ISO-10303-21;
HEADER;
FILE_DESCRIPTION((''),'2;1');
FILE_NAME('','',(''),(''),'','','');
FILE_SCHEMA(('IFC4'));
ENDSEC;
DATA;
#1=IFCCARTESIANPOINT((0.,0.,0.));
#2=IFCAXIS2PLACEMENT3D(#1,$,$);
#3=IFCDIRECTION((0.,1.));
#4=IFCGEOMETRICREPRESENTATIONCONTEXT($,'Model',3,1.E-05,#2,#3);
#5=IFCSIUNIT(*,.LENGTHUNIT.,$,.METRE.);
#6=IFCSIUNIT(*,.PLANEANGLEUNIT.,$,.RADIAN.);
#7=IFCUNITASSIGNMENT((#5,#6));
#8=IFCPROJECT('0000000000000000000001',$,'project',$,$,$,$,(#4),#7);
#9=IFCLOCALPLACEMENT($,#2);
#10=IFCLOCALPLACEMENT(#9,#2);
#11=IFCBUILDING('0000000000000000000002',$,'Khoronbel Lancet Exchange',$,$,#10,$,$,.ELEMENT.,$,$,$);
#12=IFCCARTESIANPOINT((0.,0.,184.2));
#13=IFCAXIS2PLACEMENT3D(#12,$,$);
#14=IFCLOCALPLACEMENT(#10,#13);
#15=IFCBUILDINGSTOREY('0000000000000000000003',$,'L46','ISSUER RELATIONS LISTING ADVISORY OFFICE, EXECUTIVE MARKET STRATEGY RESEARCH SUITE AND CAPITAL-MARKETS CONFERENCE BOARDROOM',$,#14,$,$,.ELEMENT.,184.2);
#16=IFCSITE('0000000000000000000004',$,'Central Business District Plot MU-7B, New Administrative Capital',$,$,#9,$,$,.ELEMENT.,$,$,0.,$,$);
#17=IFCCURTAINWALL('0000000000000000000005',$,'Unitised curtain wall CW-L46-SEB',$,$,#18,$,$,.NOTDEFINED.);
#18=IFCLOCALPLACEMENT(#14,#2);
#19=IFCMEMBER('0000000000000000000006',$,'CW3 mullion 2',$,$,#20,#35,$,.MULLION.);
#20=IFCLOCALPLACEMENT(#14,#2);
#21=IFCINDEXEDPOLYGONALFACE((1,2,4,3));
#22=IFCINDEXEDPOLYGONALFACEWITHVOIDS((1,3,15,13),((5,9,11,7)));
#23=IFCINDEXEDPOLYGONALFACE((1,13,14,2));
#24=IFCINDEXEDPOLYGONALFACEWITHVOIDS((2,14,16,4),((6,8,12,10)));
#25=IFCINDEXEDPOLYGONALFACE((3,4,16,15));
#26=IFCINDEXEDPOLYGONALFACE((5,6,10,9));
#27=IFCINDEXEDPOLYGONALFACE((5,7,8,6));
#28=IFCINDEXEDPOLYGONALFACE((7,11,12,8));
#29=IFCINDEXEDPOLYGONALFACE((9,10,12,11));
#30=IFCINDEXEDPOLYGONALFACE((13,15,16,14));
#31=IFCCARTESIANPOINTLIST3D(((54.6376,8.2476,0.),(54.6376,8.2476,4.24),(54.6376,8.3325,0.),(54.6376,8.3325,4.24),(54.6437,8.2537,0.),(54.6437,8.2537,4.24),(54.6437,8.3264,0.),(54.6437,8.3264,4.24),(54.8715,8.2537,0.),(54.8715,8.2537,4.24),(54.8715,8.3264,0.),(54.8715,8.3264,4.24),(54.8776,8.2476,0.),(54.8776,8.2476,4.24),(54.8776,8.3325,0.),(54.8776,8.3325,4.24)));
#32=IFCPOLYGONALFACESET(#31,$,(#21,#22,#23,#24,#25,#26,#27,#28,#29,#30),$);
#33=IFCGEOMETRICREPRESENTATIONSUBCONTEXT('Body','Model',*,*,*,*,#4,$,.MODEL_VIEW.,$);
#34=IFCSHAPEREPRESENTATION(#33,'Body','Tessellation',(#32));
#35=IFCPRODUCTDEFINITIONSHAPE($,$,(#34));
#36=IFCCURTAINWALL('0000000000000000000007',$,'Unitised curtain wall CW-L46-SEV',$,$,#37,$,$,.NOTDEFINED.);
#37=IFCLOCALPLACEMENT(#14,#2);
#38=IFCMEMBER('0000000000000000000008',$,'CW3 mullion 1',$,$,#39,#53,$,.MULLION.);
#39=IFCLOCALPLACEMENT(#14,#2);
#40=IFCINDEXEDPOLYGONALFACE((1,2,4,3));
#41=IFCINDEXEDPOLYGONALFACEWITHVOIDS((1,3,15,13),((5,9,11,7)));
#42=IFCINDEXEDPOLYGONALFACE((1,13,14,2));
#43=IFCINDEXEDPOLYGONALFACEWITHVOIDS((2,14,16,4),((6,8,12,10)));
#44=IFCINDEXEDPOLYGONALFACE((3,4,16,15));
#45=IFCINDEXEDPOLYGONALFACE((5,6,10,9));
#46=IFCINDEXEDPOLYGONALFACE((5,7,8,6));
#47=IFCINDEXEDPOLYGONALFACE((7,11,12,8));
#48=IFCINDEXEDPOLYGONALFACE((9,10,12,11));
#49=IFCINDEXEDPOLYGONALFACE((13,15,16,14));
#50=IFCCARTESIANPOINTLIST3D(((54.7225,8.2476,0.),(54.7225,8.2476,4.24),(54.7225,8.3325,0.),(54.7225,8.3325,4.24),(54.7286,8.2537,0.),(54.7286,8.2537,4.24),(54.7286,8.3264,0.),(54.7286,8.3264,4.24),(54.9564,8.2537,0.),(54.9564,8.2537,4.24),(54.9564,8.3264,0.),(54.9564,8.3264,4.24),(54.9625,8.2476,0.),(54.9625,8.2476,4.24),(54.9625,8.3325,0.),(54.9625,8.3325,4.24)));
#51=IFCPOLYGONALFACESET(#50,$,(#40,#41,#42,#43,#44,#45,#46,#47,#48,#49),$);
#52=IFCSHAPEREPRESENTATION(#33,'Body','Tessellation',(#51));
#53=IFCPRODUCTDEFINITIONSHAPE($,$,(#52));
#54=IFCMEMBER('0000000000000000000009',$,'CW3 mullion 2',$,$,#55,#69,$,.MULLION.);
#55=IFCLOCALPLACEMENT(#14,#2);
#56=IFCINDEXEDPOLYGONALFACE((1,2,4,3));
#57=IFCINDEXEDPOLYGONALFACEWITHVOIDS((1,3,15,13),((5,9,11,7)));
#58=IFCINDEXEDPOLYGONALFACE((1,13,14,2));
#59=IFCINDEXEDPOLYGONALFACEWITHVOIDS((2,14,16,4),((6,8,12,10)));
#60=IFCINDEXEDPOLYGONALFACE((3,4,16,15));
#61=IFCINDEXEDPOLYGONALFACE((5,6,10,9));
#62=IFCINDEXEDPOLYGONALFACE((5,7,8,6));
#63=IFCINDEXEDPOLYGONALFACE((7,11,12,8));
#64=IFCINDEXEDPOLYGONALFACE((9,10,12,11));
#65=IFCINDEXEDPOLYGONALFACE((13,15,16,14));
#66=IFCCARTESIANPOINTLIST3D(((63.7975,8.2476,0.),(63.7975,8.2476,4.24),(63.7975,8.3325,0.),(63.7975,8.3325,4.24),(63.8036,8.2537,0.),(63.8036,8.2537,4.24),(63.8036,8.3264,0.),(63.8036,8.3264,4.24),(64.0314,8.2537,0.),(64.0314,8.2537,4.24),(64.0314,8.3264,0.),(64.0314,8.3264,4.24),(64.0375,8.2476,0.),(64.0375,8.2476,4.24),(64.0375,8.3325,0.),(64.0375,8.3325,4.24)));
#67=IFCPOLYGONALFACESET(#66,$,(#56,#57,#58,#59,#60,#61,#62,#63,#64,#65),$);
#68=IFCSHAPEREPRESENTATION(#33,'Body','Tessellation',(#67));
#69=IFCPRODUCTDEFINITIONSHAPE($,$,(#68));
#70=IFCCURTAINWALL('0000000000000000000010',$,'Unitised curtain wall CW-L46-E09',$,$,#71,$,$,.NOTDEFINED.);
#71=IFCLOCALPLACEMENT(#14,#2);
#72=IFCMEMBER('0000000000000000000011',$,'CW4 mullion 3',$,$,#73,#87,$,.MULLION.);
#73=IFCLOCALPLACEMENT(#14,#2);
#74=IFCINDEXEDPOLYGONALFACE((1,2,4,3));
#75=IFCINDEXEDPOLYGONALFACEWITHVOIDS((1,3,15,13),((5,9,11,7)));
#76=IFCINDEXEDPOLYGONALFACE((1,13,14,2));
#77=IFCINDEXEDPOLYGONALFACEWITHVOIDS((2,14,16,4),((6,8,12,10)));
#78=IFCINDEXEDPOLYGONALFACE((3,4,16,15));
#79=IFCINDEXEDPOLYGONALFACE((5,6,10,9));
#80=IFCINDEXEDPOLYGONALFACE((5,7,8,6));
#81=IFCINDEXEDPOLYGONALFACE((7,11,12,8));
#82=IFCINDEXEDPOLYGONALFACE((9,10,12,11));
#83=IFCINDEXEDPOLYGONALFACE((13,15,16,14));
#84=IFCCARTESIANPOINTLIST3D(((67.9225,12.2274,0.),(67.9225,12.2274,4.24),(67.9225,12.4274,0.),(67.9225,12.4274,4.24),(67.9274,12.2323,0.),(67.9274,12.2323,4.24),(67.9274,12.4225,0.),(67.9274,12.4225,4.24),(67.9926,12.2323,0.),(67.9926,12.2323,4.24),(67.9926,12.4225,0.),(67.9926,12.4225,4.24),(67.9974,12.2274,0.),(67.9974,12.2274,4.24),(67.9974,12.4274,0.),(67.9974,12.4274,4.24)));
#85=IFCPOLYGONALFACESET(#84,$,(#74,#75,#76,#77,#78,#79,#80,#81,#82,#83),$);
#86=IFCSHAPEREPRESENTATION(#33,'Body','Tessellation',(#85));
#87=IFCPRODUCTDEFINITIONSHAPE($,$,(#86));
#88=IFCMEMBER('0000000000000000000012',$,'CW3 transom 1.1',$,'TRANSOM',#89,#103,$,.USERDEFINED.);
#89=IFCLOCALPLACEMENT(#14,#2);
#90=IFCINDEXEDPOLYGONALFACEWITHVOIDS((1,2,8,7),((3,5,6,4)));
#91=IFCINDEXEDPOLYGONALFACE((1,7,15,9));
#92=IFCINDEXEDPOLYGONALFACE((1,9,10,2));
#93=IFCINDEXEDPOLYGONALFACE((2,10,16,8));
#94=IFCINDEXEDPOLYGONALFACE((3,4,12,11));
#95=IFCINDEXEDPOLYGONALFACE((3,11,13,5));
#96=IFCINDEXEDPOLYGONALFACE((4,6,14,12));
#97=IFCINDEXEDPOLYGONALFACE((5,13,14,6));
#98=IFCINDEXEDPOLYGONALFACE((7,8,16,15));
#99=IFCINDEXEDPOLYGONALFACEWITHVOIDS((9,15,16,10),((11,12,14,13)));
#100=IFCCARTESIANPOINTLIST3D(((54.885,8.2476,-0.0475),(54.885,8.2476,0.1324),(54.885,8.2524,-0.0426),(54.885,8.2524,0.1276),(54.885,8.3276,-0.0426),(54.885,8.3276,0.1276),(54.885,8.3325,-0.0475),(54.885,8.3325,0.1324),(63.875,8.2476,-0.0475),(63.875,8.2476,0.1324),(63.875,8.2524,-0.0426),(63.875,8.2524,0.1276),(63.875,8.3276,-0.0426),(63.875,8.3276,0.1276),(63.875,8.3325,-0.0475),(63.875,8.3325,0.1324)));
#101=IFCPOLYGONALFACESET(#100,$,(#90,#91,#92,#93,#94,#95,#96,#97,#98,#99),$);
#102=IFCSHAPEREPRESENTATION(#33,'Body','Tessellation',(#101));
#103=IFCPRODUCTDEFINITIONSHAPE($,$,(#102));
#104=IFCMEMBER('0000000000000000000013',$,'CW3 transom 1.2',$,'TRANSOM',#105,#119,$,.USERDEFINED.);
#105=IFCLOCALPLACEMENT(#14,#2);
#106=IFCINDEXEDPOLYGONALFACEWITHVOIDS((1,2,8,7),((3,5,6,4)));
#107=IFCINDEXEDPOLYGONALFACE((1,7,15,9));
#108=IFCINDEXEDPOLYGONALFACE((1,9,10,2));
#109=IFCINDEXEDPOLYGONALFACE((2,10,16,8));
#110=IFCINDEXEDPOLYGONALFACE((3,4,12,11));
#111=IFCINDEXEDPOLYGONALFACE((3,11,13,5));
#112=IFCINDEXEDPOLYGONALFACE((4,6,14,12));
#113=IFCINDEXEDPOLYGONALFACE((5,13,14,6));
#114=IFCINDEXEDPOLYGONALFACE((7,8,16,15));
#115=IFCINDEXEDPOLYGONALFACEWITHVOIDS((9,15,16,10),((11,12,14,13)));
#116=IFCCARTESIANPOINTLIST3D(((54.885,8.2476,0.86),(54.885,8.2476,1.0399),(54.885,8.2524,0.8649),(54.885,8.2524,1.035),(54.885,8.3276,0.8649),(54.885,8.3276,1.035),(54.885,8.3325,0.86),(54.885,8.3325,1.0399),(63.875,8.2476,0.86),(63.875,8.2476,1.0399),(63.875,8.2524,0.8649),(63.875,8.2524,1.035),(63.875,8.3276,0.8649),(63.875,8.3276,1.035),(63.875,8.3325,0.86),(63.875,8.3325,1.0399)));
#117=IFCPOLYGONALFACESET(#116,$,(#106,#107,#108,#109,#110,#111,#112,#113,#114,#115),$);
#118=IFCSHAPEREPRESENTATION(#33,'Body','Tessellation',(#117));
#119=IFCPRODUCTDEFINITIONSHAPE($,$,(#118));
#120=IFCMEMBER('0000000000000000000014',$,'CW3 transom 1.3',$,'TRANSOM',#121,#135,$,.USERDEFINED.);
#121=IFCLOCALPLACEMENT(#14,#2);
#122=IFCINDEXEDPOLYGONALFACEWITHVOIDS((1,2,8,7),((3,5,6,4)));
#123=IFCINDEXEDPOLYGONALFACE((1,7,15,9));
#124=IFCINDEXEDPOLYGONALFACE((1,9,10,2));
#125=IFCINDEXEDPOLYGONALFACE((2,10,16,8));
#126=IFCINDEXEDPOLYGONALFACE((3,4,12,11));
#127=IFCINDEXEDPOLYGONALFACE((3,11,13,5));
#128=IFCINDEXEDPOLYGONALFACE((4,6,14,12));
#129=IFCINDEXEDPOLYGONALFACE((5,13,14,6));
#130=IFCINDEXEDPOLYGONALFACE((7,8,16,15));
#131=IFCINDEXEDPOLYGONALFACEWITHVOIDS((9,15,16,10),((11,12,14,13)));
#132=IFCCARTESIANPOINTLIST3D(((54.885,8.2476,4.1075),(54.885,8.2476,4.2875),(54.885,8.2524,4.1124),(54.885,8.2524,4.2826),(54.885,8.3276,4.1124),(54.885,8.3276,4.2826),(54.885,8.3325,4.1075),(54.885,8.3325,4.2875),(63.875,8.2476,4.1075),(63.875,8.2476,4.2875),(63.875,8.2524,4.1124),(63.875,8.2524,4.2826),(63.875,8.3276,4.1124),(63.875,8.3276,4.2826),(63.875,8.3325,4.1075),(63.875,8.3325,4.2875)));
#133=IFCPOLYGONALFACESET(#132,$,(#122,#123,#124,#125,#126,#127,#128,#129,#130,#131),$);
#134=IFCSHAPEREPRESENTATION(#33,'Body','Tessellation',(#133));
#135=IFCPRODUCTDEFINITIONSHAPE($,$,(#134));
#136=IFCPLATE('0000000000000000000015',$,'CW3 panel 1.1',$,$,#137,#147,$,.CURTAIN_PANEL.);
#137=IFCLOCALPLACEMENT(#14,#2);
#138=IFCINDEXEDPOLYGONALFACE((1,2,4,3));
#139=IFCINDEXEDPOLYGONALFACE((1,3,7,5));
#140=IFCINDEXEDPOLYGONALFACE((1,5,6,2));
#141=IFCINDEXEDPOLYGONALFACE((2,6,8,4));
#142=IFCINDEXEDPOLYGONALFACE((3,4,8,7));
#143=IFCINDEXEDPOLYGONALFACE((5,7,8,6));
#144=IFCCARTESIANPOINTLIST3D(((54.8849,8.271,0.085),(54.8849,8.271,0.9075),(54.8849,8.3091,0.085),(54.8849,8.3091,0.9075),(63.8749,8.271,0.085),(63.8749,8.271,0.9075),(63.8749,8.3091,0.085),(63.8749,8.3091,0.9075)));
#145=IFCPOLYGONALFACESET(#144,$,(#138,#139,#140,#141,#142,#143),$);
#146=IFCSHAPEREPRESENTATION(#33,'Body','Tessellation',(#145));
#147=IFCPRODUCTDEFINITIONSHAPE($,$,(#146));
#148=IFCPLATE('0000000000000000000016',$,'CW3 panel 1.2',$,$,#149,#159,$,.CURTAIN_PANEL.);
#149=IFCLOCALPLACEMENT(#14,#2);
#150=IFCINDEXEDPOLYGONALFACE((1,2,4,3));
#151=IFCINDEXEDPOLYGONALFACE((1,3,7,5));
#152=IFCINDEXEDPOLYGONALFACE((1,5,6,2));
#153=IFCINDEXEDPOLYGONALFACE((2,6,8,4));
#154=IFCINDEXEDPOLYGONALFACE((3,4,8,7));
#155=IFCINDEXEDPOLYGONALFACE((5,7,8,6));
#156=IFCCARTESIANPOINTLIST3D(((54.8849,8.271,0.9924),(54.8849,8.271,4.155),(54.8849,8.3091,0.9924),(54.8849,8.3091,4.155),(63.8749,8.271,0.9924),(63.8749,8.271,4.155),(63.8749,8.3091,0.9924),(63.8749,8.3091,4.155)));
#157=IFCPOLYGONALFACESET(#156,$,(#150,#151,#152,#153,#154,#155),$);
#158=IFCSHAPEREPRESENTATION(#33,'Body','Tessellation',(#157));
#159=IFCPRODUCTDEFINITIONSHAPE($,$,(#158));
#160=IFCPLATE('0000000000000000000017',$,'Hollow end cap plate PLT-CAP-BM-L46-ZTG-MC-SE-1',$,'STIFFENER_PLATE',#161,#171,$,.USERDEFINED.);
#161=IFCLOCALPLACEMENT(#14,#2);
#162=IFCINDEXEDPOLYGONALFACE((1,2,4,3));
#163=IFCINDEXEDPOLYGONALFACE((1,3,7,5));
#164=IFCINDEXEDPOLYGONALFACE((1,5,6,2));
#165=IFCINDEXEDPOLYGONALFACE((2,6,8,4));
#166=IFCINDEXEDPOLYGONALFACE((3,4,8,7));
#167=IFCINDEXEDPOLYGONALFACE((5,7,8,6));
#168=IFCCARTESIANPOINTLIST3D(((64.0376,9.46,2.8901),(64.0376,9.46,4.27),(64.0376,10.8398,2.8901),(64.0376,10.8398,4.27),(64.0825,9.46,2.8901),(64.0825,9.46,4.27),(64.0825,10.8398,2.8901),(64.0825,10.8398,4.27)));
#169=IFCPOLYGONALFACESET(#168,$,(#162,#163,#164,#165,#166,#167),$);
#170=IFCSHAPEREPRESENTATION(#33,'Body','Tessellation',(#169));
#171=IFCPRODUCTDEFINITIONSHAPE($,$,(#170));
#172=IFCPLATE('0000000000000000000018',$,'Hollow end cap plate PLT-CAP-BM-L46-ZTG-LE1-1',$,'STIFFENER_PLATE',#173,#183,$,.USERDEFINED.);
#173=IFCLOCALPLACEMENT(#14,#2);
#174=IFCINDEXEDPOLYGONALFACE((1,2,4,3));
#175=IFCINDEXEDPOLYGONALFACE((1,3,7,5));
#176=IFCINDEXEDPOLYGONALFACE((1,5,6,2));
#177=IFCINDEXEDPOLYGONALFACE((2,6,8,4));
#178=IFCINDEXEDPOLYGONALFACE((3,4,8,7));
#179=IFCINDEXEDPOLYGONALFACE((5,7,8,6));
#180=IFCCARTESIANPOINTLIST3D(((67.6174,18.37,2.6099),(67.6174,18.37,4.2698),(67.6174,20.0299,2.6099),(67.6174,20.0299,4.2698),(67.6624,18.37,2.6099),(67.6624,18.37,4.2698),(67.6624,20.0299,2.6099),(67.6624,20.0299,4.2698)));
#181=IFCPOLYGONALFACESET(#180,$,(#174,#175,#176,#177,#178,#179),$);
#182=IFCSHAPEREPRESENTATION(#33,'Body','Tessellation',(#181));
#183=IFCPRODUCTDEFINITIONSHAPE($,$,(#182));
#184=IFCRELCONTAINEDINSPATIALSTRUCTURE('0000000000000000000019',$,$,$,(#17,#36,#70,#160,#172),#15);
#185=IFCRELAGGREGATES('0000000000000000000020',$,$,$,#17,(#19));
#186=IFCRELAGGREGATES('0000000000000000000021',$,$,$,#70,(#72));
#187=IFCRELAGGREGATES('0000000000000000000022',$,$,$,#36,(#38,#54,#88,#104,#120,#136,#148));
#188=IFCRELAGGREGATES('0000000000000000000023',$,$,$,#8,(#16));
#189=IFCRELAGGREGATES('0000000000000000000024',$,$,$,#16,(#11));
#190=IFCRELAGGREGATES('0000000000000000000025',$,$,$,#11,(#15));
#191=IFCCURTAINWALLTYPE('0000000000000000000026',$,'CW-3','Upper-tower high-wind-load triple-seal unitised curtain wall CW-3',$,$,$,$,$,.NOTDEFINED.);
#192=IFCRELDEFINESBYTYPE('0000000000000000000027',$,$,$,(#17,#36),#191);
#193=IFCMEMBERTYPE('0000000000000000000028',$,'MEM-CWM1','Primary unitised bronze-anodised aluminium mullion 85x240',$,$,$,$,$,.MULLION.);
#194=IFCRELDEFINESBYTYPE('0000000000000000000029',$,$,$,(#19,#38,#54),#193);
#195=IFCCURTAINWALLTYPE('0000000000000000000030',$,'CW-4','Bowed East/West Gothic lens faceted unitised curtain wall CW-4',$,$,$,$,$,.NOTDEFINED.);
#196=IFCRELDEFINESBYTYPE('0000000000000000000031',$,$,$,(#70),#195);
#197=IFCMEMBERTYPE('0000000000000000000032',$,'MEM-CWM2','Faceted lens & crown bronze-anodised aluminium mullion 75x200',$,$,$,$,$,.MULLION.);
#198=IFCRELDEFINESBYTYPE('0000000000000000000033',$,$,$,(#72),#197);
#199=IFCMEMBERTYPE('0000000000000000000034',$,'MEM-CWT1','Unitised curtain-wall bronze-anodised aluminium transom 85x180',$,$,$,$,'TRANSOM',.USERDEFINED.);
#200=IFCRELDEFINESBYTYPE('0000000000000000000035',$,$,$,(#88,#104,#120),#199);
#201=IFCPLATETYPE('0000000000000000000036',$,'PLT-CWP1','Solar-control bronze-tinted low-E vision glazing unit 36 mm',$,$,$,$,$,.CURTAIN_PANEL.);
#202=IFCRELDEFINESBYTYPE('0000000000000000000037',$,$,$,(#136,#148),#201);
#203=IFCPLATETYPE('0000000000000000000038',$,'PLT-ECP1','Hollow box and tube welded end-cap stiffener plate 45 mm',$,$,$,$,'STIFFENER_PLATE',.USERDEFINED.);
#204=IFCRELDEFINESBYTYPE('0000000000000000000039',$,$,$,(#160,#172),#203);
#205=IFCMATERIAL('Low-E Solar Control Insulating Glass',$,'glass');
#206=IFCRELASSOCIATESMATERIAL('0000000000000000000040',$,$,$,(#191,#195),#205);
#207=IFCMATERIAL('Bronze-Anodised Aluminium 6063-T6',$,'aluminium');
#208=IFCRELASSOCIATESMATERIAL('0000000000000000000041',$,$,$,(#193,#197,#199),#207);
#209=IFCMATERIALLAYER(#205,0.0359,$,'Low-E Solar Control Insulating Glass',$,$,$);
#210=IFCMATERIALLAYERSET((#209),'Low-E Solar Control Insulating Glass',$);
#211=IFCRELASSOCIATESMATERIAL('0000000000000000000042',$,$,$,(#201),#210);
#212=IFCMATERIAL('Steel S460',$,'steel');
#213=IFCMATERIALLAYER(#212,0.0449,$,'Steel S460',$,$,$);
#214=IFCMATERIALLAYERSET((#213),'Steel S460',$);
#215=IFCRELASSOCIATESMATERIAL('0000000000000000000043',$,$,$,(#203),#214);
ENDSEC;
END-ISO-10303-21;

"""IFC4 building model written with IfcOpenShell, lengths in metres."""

from ifc_helpers import new_model, si_unit, direction, frame, origin, origin_2d, place, context, subcontext, project, spatial, rectangle, hollow_rectangle, extrude, material, layer, layer_set, material_profile, profile_set, type_object, element, aggregate, save


model = new_model("IFC4")

# Units and contexts
model_context = context("Model", 3, precision=1e-05, world=origin(), true_north=direction((0.0, 1.0)))
body_context = subcontext(model_context, "Body", "Model", "MODEL_VIEW")
ifc_project = project(units=[si_unit("LENGTHUNIT", "METRE"), si_unit("PLANEANGLEUNIT", "RADIAN")], contexts=[model_context])

# Site, building, storey
site_placement = place(None, origin())
site = spatial("IfcSite", under=ifc_project, at=site_placement, Name="Central Business District Plot MU-7B, New Administrative Capital", CompositionType="ELEMENT", RefElevation=0.0)
building_placement = place(site_placement, origin())
building = spatial("IfcBuilding", under=site, at=building_placement, Name="Khoronbel Lancet Exchange", CompositionType="ELEMENT")
storey_placement = place(building_placement, frame((0.0, 0.0, 184.2)))
storey = spatial("IfcBuildingStorey", under=building, at=storey_placement, Name="L46", Description="ISSUER RELATIONS LISTING ADVISORY OFFICE, EXECUTIVE MARKET STRATEGY RESEARCH SUITE AND CAPITAL-MARKETS CONFERENCE BOARDROOM", CompositionType="ELEMENT", Elevation=184.2)

# Shared definitions
ifc_material_1 = material(Name="Steel S460", Category="steel")

# Curtain wall, member
ifc_material_2 = material(Name="Low-E Solar Control Insulating Glass", Category="glass")
curtain_wall_type_1 = type_object("IfcCurtainWallType", Name="CW-3", Description="Upper-tower high-wind-load triple-seal unitised curtain wall CW-3", PredefinedType="NOTDEFINED", material=ifc_material_2)
curtain_wall_1_placement = place(storey_placement, origin())
curtain_wall_1 = element("IfcCurtainWall", 1, at=curtain_wall_1_placement, inside=storey, type_object=curtain_wall_type_1, Name="Unitised curtain wall CW-L46-SEB", PredefinedType="NOTDEFINED")
ifc_material_3 = material(Name="Bronze-Anodised Aluminium 6063-T6", Category="aluminium")
ifc_material_profile_1 = material_profile(ifc_material_3, hollow_rectangle(XDim=0.085, YDim=0.24, WallThickness=0.0061, at=origin_2d()), Name="ALU MULLION 85x240")
ifc_profile_set_1 = profile_set([ifc_material_profile_1], Name="Bronze-Anodised Aluminium 6063-T6")
member_type_1 = type_object("IfcMemberType", Name="MEM-CWM1", Description="Primary unitised bronze-anodised aluminium mullion 85x240", PredefinedType="MULLION", material=ifc_profile_set_1)
member_1_placement = place(storey_placement, frame((54.7576, 8.29, 0.0), z_axis=(0.0, 0.0, 1.0), x_axis=(0.0, 1.0, 0.0)))
member_1 = element("IfcMember", 2, at=member_1_placement, type_object=member_type_1, Name="CW3 mullion 2", PredefinedType="MULLION", context=body_context, shape_type="SweptSolid", body=[
    extrude(hollow_rectangle(XDim=0.085, YDim=0.24, WallThickness=0.0061, at=origin_2d()), origin(), (0.0, 0.0, 1.0), 4.24),
])
aggregate(curtain_wall_1, [member_1])

# Curtain wall, members
curtain_wall_2_placement = place(storey_placement, origin())
curtain_wall_2 = element("IfcCurtainWall", 3, at=curtain_wall_2_placement, inside=storey, type_object=curtain_wall_type_1, Name="Unitised curtain wall CW-L46-SEV", PredefinedType="NOTDEFINED")
member_2_placement = place(storey_placement, frame((54.8425, 8.29, 0.0), z_axis=(0.0, 0.0, 1.0), x_axis=(0.0, 1.0, 0.0)))
member_2 = element("IfcMember", 4, at=member_2_placement, type_object=member_type_1, Name="CW3 mullion 1", PredefinedType="MULLION", context=body_context, shape_type="SweptSolid", body=[
    extrude(hollow_rectangle(XDim=0.085, YDim=0.24, WallThickness=0.0061, at=origin_2d()), origin(), (0.0, 0.0, 1.0), 4.24),
])
member_3_placement = place(storey_placement, frame((63.9175, 8.29, 0.0), z_axis=(0.0, 0.0, 1.0), x_axis=(0.0, 1.0, 0.0)))
member_3 = element("IfcMember", 5, at=member_3_placement, type_object=member_type_1, Name="CW3 mullion 2", PredefinedType="MULLION", context=body_context, shape_type="SweptSolid", body=[
    extrude(hollow_rectangle(XDim=0.085, YDim=0.24, WallThickness=0.0061, at=origin_2d()), origin(), (0.0, 0.0, 1.0), 4.24),
])

# Curtain wall, member
curtain_wall_type_2 = type_object("IfcCurtainWallType", Name="CW-4", Description="Bowed East/West Gothic lens faceted unitised curtain wall CW-4", PredefinedType="NOTDEFINED", material=ifc_material_2)
curtain_wall_3_placement = place(storey_placement, origin())
curtain_wall_3 = element("IfcCurtainWall", 6, at=curtain_wall_3_placement, inside=storey, type_object=curtain_wall_type_2, Name="Unitised curtain wall CW-L46-E09", PredefinedType="NOTDEFINED")
ifc_material_profile_2 = material_profile(ifc_material_3, hollow_rectangle(XDim=0.075, YDim=0.2, WallThickness=0.0049, at=origin_2d()), Name="ALU MULLION 75x200")
ifc_profile_set_2 = profile_set([ifc_material_profile_2], Name="Bronze-Anodised Aluminium 6063-T6")
member_type_2 = type_object("IfcMemberType", Name="MEM-CWM2", Description="Faceted lens & crown bronze-anodised aluminium mullion 75x200", PredefinedType="MULLION", material=ifc_profile_set_2)
member_4_placement = place(storey_placement, frame((67.96, 12.3274, 0.0), z_axis=(0.0, 0.0, 1.0), x_axis=(1.0, 0.0, 0.0)))
member_4 = element("IfcMember", 7, at=member_4_placement, type_object=member_type_2, Name="CW4 mullion 3", PredefinedType="MULLION", context=body_context, shape_type="SweptSolid", body=[
    extrude(hollow_rectangle(XDim=0.075, YDim=0.2, WallThickness=0.0049, at=origin_2d()), origin(), (0.0, 0.0, 1.0), 4.24),
])
aggregate(curtain_wall_3, [member_4])

# Members
ifc_material_profile_3 = material_profile(ifc_material_3, hollow_rectangle(XDim=0.085, YDim=0.1799, WallThickness=0.0049, at=origin_2d()), Name="ALU TRANSOM 85x180")
ifc_profile_set_3 = profile_set([ifc_material_profile_3], Name="Bronze-Anodised Aluminium 6063-T6")
member_type_3 = type_object("IfcMemberType", Name="MEM-CWT1", Description="Unitised curtain-wall bronze-anodised aluminium transom 85x180", ElementType="TRANSOM", PredefinedType="USERDEFINED", material=ifc_profile_set_3)
member_5_placement = place(storey_placement, frame((54.885, 8.29, 0.0425), z_axis=(1.0, 0.0, 0.0), x_axis=(0.0, 1.0, 0.0)))
member_5 = element("IfcMember", 8, at=member_5_placement, type_object=member_type_3, Name="CW3 transom 1.1", ObjectType="TRANSOM", PredefinedType="USERDEFINED", context=body_context, shape_type="SweptSolid", body=[
    extrude(hollow_rectangle(XDim=0.085, YDim=0.1799, WallThickness=0.0049, at=origin_2d()), origin(), (0.0, 0.0, 1.0), 8.99),
])
member_6_placement = place(storey_placement, frame((54.885, 8.29, 0.95), z_axis=(1.0, 0.0, 0.0), x_axis=(0.0, 1.0, 0.0)))
member_6 = element("IfcMember", 9, at=member_6_placement, type_object=member_type_3, Name="CW3 transom 1.2", ObjectType="TRANSOM", PredefinedType="USERDEFINED", context=body_context, shape_type="SweptSolid", body=[
    extrude(hollow_rectangle(XDim=0.085, YDim=0.1799, WallThickness=0.0049, at=origin_2d()), origin(), (0.0, 0.0, 1.0), 8.99),
])
member_7_placement = place(storey_placement, frame((54.885, 8.29, 4.1975), z_axis=(1.0, 0.0, 0.0), x_axis=(0.0, 1.0, 0.0)))
member_7 = element("IfcMember", 10, at=member_7_placement, type_object=member_type_3, Name="CW3 transom 1.3", ObjectType="TRANSOM", PredefinedType="USERDEFINED", context=body_context, shape_type="SweptSolid", body=[
    extrude(hollow_rectangle(XDim=0.085, YDim=0.1799, WallThickness=0.0049, at=origin_2d()), origin(), (0.0, 0.0, 1.0), 8.99),
])

# Plates
ifc_layer_1 = layer(ifc_material_2, 0.0359, Name="Low-E Solar Control Insulating Glass")
ifc_layer_set_1 = layer_set([ifc_layer_1], Name="Low-E Solar Control Insulating Glass")
plate_type_1 = type_object("IfcPlateType", Name="PLT-CWP1", Description="Solar-control bronze-tinted low-E vision glazing unit 36 mm", PredefinedType="CURTAIN_PANEL", material=ifc_layer_set_1)
plate_1_placement = place(storey_placement, frame((59.3799, 8.29, 0.085), z_axis=(0.0, 0.0, 1.0), x_axis=(1.0, 0.0, 0.0)))
plate_1 = element("IfcPlate", 11, at=plate_1_placement, type_object=plate_type_1, Name="CW3 panel 1.1", PredefinedType="CURTAIN_PANEL", context=body_context, shape_type="SweptSolid", body=[
    extrude(rectangle(XDim=8.99, YDim=0.0381, at=origin_2d()), origin(), (0.0, 0.0, 1.0), 0.8225),
])
plate_2_placement = place(storey_placement, frame((59.3799, 8.29, 0.9924), z_axis=(0.0, 0.0, 1.0), x_axis=(1.0, 0.0, 0.0)))
plate_2 = element("IfcPlate", 12, at=plate_2_placement, type_object=plate_type_1, Name="CW3 panel 1.2", PredefinedType="CURTAIN_PANEL", context=body_context, shape_type="SweptSolid", body=[
    extrude(rectangle(XDim=8.99, YDim=0.0381, at=origin_2d()), origin(), (0.0, 0.0, 1.0), 3.1626),
])
aggregate(curtain_wall_2, [member_2, member_3, member_5, member_6, member_7, plate_1, plate_2])

# Plates
ifc_layer_2 = layer(ifc_material_1, 0.0449, Name="Steel S460")
ifc_layer_set_2 = layer_set([ifc_layer_2], Name="Steel S460")
plate_type_2 = type_object("IfcPlateType", Name="PLT-ECP1", Description="Hollow box and tube welded end-cap stiffener plate 45 mm", ElementType="STIFFENER_PLATE", PredefinedType="USERDEFINED", material=ifc_layer_set_2)
plate_3_placement = place(storey_placement, frame((64.0601, 10.1499, 2.8901), z_axis=(0.0, 0.0, 1.0), x_axis=(1.0, 0.0, 0.0)))
element("IfcPlate", 13, at=plate_3_placement, inside=storey, type_object=plate_type_2, Name="Hollow end cap plate PLT-CAP-BM-L46-ZTG-MC-SE-1", ObjectType="STIFFENER_PLATE", PredefinedType="USERDEFINED", context=body_context, shape_type="SweptSolid", body=[
    extrude(rectangle(XDim=0.0449, YDim=1.3799, at=origin_2d()), origin(), (0.0, 0.0, 1.0), 1.3799),
])
plate_4_placement = place(storey_placement, frame((67.6399, 19.2, 2.6099), z_axis=(0.0, 0.0, 1.0), x_axis=(1.0, 0.0, 0.0)))
element("IfcPlate", 14, at=plate_4_placement, inside=storey, type_object=plate_type_2, Name="Hollow end cap plate PLT-CAP-BM-L46-ZTG-LE1-1", ObjectType="STIFFENER_PLATE", PredefinedType="USERDEFINED", context=body_context, shape_type="SweptSolid", body=[
    extrude(rectangle(XDim=0.0449, YDim=1.6599, at=origin_2d()), origin(), (0.0, 0.0, 1.0), 1.6599),
])

save(model, "model.ifc")
